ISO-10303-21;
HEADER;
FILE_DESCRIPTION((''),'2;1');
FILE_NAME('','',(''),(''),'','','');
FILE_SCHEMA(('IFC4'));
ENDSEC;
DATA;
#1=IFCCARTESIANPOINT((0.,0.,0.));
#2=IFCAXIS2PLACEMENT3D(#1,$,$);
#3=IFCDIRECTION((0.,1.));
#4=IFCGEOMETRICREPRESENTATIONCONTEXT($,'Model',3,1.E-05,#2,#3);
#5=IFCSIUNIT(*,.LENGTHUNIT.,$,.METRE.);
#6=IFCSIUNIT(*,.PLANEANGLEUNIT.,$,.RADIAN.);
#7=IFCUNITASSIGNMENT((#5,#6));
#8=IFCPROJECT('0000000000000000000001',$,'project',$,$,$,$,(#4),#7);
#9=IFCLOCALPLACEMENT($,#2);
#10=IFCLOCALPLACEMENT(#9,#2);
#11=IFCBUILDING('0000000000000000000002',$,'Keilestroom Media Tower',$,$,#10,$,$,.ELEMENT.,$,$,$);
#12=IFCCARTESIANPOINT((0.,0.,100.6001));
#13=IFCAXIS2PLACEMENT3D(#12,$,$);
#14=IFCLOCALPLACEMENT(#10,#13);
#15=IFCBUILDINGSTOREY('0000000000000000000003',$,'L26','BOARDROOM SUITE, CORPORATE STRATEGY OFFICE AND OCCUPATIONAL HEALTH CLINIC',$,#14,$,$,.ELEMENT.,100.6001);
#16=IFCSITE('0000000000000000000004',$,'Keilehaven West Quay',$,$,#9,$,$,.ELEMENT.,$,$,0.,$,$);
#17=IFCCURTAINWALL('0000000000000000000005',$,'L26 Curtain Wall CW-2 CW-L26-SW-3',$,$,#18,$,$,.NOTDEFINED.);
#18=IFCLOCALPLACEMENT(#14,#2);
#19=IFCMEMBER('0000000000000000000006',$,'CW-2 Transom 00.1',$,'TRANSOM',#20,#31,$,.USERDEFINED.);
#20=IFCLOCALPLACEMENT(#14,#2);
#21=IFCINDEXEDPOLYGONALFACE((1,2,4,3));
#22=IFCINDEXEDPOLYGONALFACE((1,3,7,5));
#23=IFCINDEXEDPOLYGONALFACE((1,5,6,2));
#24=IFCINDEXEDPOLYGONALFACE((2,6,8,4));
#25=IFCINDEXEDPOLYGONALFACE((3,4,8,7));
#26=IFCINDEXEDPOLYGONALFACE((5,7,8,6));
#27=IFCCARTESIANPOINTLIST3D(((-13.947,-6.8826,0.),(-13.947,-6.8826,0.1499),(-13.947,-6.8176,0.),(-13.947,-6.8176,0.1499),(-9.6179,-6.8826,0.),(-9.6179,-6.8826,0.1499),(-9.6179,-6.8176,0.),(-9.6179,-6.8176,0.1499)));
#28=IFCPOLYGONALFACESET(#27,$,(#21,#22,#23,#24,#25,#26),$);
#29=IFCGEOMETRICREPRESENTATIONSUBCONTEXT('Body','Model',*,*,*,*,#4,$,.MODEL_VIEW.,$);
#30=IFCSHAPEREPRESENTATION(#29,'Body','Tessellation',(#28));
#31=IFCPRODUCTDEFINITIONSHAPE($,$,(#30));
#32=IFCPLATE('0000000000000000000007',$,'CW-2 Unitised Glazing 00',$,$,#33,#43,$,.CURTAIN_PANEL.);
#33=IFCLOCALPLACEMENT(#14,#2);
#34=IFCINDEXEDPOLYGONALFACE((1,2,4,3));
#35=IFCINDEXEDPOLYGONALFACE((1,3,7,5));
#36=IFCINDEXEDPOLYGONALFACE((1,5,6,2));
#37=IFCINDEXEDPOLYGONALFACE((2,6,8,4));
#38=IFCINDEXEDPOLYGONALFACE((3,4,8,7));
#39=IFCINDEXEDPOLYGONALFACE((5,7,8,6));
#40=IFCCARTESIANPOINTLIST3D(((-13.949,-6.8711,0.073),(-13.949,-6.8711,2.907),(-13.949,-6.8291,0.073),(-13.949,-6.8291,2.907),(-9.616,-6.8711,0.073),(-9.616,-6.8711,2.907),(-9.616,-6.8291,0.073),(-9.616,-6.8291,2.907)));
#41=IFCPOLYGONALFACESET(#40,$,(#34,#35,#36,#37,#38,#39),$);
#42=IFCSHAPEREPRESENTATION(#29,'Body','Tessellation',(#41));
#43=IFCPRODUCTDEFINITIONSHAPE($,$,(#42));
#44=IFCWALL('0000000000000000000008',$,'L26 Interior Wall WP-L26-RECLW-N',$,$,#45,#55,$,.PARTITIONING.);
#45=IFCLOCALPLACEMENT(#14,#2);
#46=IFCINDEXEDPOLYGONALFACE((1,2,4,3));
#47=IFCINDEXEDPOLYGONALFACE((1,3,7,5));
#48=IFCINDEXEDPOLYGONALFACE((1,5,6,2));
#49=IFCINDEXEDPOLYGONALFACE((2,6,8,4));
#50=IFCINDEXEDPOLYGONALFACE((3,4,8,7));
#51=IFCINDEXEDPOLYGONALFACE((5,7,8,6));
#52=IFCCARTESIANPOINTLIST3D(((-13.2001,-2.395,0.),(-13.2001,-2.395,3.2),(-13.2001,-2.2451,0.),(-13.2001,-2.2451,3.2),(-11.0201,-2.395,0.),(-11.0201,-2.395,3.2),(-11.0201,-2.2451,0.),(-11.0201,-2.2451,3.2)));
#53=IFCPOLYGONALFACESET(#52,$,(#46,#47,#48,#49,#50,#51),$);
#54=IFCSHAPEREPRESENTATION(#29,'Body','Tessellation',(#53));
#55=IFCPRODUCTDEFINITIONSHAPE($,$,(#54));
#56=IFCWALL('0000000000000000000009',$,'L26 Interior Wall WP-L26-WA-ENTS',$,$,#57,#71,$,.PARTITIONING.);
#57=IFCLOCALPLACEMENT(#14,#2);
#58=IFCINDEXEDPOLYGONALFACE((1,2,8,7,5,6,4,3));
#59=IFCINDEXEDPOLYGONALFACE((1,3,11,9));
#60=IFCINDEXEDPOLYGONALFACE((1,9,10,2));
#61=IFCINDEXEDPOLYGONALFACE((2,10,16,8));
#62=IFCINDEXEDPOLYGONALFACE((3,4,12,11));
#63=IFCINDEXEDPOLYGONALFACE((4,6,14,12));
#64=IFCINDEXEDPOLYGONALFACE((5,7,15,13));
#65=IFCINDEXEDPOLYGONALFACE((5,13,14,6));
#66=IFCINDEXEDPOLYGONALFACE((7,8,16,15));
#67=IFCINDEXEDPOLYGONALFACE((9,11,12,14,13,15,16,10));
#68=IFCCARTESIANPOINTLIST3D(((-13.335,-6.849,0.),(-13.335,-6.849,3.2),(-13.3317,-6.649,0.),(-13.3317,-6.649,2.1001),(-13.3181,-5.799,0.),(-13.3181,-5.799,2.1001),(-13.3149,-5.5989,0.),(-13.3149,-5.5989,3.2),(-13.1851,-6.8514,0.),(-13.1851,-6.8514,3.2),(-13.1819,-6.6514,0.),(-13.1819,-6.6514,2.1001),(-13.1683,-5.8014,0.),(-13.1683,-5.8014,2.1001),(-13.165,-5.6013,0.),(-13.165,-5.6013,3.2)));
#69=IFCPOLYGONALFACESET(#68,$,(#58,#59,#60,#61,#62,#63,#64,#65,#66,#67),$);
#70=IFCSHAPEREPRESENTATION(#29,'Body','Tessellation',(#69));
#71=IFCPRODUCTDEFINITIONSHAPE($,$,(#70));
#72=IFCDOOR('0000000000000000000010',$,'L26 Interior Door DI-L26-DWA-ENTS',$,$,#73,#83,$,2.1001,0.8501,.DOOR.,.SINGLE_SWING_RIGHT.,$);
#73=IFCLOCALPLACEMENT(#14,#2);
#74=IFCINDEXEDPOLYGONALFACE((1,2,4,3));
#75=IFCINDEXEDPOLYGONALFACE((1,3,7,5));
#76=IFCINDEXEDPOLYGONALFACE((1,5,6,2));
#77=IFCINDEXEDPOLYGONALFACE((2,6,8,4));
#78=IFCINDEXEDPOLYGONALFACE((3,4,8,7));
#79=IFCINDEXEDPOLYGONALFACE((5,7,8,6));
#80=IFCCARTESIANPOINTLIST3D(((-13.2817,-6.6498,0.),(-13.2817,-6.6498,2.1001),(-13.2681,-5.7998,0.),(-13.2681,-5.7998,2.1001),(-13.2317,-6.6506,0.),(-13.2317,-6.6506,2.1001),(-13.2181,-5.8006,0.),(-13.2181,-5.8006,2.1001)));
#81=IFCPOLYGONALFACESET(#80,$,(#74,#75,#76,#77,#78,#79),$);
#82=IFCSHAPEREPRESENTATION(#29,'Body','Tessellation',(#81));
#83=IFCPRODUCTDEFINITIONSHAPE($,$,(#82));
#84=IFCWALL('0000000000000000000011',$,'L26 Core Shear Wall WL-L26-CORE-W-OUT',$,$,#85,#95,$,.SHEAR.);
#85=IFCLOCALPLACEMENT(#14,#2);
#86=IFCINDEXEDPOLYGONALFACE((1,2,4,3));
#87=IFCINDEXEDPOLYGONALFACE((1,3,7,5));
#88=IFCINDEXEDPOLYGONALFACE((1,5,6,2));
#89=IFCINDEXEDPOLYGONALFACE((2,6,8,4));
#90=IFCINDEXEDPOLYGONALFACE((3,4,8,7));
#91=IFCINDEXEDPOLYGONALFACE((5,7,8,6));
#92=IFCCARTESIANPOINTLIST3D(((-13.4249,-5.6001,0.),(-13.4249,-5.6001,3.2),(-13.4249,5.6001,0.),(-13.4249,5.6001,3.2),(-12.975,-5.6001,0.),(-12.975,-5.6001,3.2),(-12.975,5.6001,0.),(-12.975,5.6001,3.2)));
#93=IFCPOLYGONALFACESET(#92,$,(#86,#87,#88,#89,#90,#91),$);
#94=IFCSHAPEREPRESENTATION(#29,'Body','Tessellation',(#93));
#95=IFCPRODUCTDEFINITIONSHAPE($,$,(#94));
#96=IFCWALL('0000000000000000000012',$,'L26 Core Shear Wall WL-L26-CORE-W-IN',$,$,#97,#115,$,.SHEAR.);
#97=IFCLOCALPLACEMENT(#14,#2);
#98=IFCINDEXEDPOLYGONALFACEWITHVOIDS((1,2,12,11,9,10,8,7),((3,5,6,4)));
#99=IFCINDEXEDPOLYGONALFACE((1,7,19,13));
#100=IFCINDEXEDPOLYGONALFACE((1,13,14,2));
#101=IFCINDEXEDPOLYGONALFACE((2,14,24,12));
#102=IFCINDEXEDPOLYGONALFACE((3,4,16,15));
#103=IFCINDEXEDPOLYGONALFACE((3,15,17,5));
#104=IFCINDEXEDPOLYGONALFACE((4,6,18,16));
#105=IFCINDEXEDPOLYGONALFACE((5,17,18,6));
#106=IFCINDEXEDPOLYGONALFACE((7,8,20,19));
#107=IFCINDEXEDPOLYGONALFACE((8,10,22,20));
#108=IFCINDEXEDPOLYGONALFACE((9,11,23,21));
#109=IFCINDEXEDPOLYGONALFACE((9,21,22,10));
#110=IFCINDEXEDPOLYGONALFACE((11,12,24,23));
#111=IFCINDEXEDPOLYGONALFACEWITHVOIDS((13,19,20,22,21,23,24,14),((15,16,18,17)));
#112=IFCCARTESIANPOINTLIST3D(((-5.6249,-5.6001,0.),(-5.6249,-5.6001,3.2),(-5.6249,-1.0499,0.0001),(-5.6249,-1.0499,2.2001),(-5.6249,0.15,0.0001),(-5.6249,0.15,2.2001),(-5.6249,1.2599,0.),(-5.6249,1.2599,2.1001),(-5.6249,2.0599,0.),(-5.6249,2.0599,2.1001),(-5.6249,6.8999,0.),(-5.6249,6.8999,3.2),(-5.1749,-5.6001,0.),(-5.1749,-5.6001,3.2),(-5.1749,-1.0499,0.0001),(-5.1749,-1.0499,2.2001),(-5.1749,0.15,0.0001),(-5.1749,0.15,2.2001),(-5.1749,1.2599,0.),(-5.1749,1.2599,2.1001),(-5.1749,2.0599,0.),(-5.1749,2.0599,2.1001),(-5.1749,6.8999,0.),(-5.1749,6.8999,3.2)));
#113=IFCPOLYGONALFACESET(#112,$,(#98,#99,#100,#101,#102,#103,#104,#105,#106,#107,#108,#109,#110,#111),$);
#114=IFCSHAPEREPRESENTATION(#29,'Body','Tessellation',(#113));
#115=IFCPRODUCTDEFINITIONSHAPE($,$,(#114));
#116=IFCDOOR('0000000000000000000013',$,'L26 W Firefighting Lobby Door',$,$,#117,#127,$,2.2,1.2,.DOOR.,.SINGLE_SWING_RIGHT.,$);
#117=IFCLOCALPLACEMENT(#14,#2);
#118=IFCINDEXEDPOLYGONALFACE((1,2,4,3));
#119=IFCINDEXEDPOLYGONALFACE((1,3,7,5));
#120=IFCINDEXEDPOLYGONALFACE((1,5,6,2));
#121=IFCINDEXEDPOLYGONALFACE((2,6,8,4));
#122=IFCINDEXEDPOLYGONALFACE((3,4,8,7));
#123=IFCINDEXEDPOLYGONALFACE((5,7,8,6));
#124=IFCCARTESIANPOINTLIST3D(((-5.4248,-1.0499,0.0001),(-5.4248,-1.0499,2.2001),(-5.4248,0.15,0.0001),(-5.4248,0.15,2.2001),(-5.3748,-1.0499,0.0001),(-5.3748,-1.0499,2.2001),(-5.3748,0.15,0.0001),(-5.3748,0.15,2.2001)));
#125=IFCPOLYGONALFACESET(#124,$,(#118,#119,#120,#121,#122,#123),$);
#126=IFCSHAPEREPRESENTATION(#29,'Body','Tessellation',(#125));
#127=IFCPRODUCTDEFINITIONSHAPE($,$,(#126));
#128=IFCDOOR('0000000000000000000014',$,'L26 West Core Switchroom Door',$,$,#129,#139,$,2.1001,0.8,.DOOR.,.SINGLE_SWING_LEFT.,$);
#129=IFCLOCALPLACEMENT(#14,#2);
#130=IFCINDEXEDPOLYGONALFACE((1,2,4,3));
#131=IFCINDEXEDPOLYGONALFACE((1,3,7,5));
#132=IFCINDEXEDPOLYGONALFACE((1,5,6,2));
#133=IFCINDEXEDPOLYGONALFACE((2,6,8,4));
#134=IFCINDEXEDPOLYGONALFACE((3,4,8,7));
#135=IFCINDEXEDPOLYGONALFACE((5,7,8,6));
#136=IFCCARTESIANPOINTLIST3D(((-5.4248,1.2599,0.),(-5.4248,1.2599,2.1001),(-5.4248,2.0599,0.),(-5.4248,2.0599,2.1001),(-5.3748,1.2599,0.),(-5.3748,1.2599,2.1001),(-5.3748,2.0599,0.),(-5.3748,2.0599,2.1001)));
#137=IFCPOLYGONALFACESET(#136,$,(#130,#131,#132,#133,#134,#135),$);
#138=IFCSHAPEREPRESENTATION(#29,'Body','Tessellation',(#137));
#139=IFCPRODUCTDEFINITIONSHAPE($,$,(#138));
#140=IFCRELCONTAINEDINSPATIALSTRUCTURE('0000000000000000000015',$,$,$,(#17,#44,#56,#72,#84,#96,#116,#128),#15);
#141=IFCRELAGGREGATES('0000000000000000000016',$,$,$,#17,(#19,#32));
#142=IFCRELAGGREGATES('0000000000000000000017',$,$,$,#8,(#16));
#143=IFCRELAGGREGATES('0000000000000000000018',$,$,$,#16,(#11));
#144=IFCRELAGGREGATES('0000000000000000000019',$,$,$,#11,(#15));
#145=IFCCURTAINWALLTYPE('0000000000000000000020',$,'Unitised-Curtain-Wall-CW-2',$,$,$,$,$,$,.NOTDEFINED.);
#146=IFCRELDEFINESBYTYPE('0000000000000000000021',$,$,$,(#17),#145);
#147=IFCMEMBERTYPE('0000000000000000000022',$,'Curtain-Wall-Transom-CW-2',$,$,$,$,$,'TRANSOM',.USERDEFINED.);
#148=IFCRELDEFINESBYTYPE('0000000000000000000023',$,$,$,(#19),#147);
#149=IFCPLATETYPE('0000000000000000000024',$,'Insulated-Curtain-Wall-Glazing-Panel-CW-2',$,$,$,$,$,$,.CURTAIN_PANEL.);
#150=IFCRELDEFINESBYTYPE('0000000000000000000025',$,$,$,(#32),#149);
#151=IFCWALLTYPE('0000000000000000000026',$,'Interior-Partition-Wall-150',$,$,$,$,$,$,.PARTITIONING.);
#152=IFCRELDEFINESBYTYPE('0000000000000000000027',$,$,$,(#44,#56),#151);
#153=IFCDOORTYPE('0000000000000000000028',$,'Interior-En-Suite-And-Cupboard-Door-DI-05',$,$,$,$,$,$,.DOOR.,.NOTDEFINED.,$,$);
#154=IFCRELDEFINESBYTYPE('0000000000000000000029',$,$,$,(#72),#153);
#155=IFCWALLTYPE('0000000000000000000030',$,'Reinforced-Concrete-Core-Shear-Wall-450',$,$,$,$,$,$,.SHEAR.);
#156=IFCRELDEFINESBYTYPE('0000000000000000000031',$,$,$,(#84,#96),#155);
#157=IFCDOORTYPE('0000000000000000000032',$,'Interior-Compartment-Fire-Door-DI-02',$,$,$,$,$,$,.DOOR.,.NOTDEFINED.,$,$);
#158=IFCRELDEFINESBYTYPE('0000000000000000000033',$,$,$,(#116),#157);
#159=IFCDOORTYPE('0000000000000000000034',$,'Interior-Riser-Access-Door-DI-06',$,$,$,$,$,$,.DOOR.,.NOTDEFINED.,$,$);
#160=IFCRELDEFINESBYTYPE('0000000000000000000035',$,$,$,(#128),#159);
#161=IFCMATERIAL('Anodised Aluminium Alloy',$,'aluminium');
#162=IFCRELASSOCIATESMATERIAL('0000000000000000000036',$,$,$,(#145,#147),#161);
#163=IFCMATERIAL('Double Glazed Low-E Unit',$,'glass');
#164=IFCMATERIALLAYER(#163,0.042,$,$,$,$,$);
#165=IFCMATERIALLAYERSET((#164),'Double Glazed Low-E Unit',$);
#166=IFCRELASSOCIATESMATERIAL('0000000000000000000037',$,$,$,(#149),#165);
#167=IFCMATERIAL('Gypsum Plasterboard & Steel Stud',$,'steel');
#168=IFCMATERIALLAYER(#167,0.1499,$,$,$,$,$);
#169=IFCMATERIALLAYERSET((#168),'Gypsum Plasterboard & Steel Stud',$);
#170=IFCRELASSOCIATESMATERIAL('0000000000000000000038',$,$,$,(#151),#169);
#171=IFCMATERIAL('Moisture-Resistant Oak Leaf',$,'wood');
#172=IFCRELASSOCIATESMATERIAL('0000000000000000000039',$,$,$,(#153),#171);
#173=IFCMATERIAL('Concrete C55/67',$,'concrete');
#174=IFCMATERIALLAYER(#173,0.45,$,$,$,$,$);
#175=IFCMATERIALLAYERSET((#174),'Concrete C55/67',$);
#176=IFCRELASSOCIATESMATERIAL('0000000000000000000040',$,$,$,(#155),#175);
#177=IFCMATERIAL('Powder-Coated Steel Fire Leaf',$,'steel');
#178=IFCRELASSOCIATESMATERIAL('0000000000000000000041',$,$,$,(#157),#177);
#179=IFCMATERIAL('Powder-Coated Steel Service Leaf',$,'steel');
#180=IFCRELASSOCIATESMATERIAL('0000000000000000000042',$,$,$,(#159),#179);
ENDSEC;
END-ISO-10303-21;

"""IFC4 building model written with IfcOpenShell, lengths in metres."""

from ifc_helpers import new_model, si_unit, direction, frame, frame_2d, origin, origin_2d, place, context, subcontext, project, spatial, rectangle, extrude, source, transform, mapped, material, layer, layer_set, material_profile, profile_set, type_object, element, fill, aggregate, save


model = new_model("IFC4")

# Units and contexts
model_context = context("Model", 3, precision=1e-05, world=origin(), true_north=direction((0.0, 1.0)))
body_context = subcontext(model_context, "Body", "Model", "MODEL_VIEW")
ifc_project = project(units=[si_unit("LENGTHUNIT", "METRE"), si_unit("PLANEANGLEUNIT", "RADIAN")], contexts=[model_context])

# Site, building, storey
site_placement = place(None, origin())
site = spatial("IfcSite", under=ifc_project, at=site_placement, Name="Keilehaven West Quay", CompositionType="ELEMENT", RefElevation=0.0)
building_placement = place(site_placement, origin())
building = spatial("IfcBuilding", under=site, at=building_placement, Name="Keilestroom Media Tower", CompositionType="ELEMENT")
storey_placement = place(building_placement, frame((0.0, 0.0, 100.6001)))
storey = spatial("IfcBuildingStorey", under=building, at=storey_placement, Name="L26", Description="BOARDROOM SUITE, CORPORATE STRATEGY OFFICE AND OCCUPATIONAL HEALTH CLINIC", CompositionType="ELEMENT", Elevation=100.6001)

# Curtain wall, member, plate
ifc_material_1 = material(Name="Anodised Aluminium Alloy", Category="aluminium")
curtain_wall_type = type_object("IfcCurtainWallType", Name="Unitised-Curtain-Wall-CW-2", PredefinedType="NOTDEFINED", material=ifc_material_1)
curtain_wall_placement = place(storey_placement, origin())
curtain_wall = element("IfcCurtainWall", 1, at=curtain_wall_placement, inside=storey, type_object=curtain_wall_type, Name="L26 Curtain Wall CW-2 CW-L26-SW-3", PredefinedType="NOTDEFINED")
ifc_material_profile_1 = material_profile(ifc_material_1, rectangle(XDim=0.0649, YDim=0.1499, at=origin_2d()), Name="ALU TRANSOM 65x150")
ifc_profile_set_1 = profile_set([ifc_material_profile_1], Name="Anodised Aluminium Alloy")
member_type_1 = type_object("IfcMemberType", Name="Curtain-Wall-Transom-CW-2", ElementType="TRANSOM", PredefinedType="USERDEFINED", material=ifc_profile_set_1)
shared_shape_1 = source(origin(), body_context, "Body", "SweptSolid", [
    extrude(rectangle(XDim=0.0649, YDim=0.1499, at=origin_2d()), origin(), (0.0, 0.0, 1.0), 4.3291),
])
member_1_placement = place(storey_placement, frame((-13.947, -6.8501, 0.075), z_axis=(1.0, 0.0, 0.0), x_axis=(0.0, 1.0, 0.0)))
member_1 = element("IfcMember", 2, at=member_1_placement, type_object=member_type_1, Name="CW-2 Transom 00.1", ObjectType="TRANSOM", PredefinedType="USERDEFINED", context=body_context, shape_type="MappedRepresentation", body=[
    mapped(shared_shape_1, transform((0.0, 0.0, 0.0), x_axis=(1.0, 0.0, 0.0), y_axis=(0.0, 1.0, 0.0), z_axis=(0.0, 0.0, 1.0), scale=1.0)),
])
ifc_material_2 = material(Name="Double Glazed Low-E Unit", Category="glass")
ifc_layer_1 = layer(ifc_material_2, 0.042)
ifc_layer_set_1 = layer_set([ifc_layer_1], Name="Double Glazed Low-E Unit")
plate_type = type_object("IfcPlateType", Name="Insulated-Curtain-Wall-Glazing-Panel-CW-2", PredefinedType="CURTAIN_PANEL", material=ifc_layer_set_1)
shared_shape_2 = source(origin(), body_context, "Body", "SweptSolid", [
    extrude(rectangle(XDim=4.333, YDim=0.042, at=origin_2d()), origin(), (0.0, 0.0, 1.0), 2.834),
])
plate_placement = place(storey_placement, frame((-11.7825, -6.8501, 0.073), z_axis=(0.0, 0.0, 1.0), x_axis=(1.0, 0.0, 0.0)))
plate = element("IfcPlate", 3, at=plate_placement, type_object=plate_type, Name="CW-2 Unitised Glazing 00", PredefinedType="CURTAIN_PANEL", context=body_context, shape_type="MappedRepresentation", body=[
    mapped(shared_shape_2, transform((0.0, 0.0, 0.0), x_axis=(1.0, 0.0, 0.0), y_axis=(0.0, 1.0, 0.0), z_axis=(0.0, 0.0, 1.0), scale=1.0)),
])
aggregate(curtain_wall, [member_1, plate])

# Wall
ifc_material_3 = material(Name="Gypsum Plasterboard & Steel Stud", Category="steel")
ifc_layer_2 = layer(ifc_material_3, 0.1499)
ifc_layer_set_2 = layer_set([ifc_layer_2], Name="Gypsum Plasterboard & Steel Stud")
wall_type_1 = type_object("IfcWallType", Name="Interior-Partition-Wall-150", PredefinedType="PARTITIONING", material=ifc_layer_set_2)
wall_1_placement = place(storey_placement, frame((-13.2, -2.3201, 0.0), z_axis=(0.0, 0.0, 1.0), x_axis=(1.0, 0.0, 0.0)))
element("IfcWall", 4, at=wall_1_placement, inside=storey, type_object=wall_type_1, Name="L26 Interior Wall WP-L26-RECLW-N", PredefinedType="PARTITIONING", context=body_context, shape_type="SweptSolid", body=[
    extrude(rectangle(XDim=2.1799, YDim=0.1499, at=frame_2d((1.0898, 0.0))), origin(), (0.0, 0.0, 1.0), 3.2),
])

# Wall, opening, door
wall_2_placement = place(storey_placement, frame((-13.26, -6.8501, 0.0), z_axis=(0.0, 0.0, 1.0), x_axis=(0.016014, 0.999872, 0.0)))
wall_2 = element("IfcWall", 5, at=wall_2_placement, inside=storey, type_object=wall_type_1, Name="L26 Interior Wall WP-L26-WA-ENTS", PredefinedType="PARTITIONING", context=body_context, shape_type="SweptSolid", body=[
    extrude(rectangle(XDim=1.2502, YDim=0.1499, at=frame_2d((0.625, 0.0))), origin(), (0.0, 0.0, 1.0), 3.2),
])
opening_1_placement = place(wall_2_placement, frame((0.2, 0.0, 0.0)))
opening_1 = element("IfcOpeningElement", 6, at=opening_1_placement, cuts=wall_2, PredefinedType="OPENING", context=body_context, shape_type="SweptSolid", body=[
    extrude(rectangle(XDim=0.8501, YDim=2.1001, at=frame_2d((0.425, 1.05))), frame((0.0, 0.085, 0.0), z_axis=(0.0, -1.0, 0.0), x_axis=(1.0, 0.0, 0.0)), (0.0, 0.0, 1.0), 0.1699),
])
ifc_material_4 = material(Name="Moisture-Resistant Oak Leaf", Category="wood")
door_type_1 = type_object("IfcDoorType", Name="Interior-En-Suite-And-Cupboard-Door-DI-05", OperationType="NOTDEFINED", PredefinedType="DOOR", material=ifc_material_4)
shared_shape_3 = source(origin(), body_context, "Body", "SweptSolid", [
    extrude(rectangle(XDim=0.8501, YDim=2.1001, at=frame_2d((0.425, 1.05))), frame((0.0, 0.0249, 0.0), z_axis=(0.0, -1.0, 0.0), x_axis=(1.0, 0.0, 0.0)), (0.0, 0.0, 1.0), 0.05),
])
door_1_placement = place(opening_1_placement, origin())
door_1 = element("IfcDoor", 7, at=door_1_placement, inside=storey, type_object=door_type_1, Name="L26 Interior Door DI-L26-DWA-ENTS", OperationType="SINGLE_SWING_RIGHT", OverallHeight=2.1001, OverallWidth=0.8501, PredefinedType="DOOR", context=body_context, shape_type="MappedRepresentation", body=[
    mapped(shared_shape_3, transform((0.0, 0.0, 0.0), x_axis=(1.0, 0.0, 0.0), y_axis=(0.0, 1.0, 0.0), z_axis=(0.0, 0.0, 1.0), scale=1.0)),
])
fill(opening_1, door_1)

# Wall
ifc_material_5 = material(Name="Concrete C55/67", Category="concrete")
ifc_layer_3 = layer(ifc_material_5, 0.45)
ifc_layer_set_3 = layer_set([ifc_layer_3], Name="Concrete C55/67")
wall_type_2 = type_object("IfcWallType", Name="Reinforced-Concrete-Core-Shear-Wall-450", PredefinedType="SHEAR", material=ifc_layer_set_3)
wall_3_placement = place(storey_placement, frame((-13.2, -5.6001, 0.0), z_axis=(0.0, 0.0, 1.0), x_axis=(0.0, 1.0, 0.0)))
element("IfcWall", 8, at=wall_3_placement, inside=storey, type_object=wall_type_2, Name="L26 Core Shear Wall WL-L26-CORE-W-OUT", PredefinedType="SHEAR", context=body_context, shape_type="SweptSolid", body=[
    extrude(rectangle(XDim=11.2002, YDim=0.45, at=frame_2d((5.6001, 0.0))), origin(), (0.0, 0.0, 1.0), 3.2),
])

# Wall, openings, doors
wall_4_placement = place(storey_placement, frame((-5.3999, -5.6001, 0.0), z_axis=(0.0, 0.0, 1.0), x_axis=(0.0, 1.0, 0.0)))
wall_4 = element("IfcWall", 9, at=wall_4_placement, inside=storey, type_object=wall_type_2, Name="L26 Core Shear Wall WL-L26-CORE-W-IN", PredefinedType="SHEAR", context=body_context, shape_type="SweptSolid", body=[
    extrude(rectangle(XDim=12.5, YDim=0.45, at=frame_2d((6.25, 0.0))), origin(), (0.0, 0.0, 1.0), 3.2),
])
opening_2_placement = place(wall_4_placement, frame((4.55, 0.0, 0.0)))
opening_2 = element("IfcOpeningElement", 10, at=opening_2_placement, cuts=wall_4, PredefinedType="OPENING", context=body_context, shape_type="SweptSolid", body=[
    extrude(rectangle(XDim=1.2, YDim=2.2, at=frame_2d((0.6001, 1.1001))), frame((0.0, 0.2349, 0.0), z_axis=(0.0, -1.0, 0.0), x_axis=(1.0, 0.0, 0.0)), (0.0, 0.0, 1.0), 0.47),
])
opening_3_placement = place(wall_4_placement, frame((6.8601, 0.0, 0.0)))
opening_3 = element("IfcOpeningElement", 11, at=opening_3_placement, cuts=wall_4, PredefinedType="OPENING", context=body_context, shape_type="SweptSolid", body=[
    extrude(rectangle(XDim=0.8, YDim=2.1001, at=frame_2d((0.3999, 1.05))), frame((0.0, 0.2349, 0.0), z_axis=(0.0, -1.0, 0.0), x_axis=(1.0, 0.0, 0.0)), (0.0, 0.0, 1.0), 0.47),
])
ifc_material_6 = material(Name="Powder-Coated Steel Fire Leaf", Category="steel")
door_type_2 = type_object("IfcDoorType", Name="Interior-Compartment-Fire-Door-DI-02", OperationType="NOTDEFINED", PredefinedType="DOOR", material=ifc_material_6)
shared_shape_4 = source(origin(), body_context, "Body", "SweptSolid", [
    extrude(rectangle(XDim=1.2, YDim=2.2, at=frame_2d((0.6001, 1.1001))), frame((0.0, 0.0249, 0.0), z_axis=(0.0, -1.0, 0.0), x_axis=(1.0, 0.0, 0.0)), (0.0, 0.0, 1.0), 0.05),
])
door_2_placement = place(opening_2_placement, origin())
door_2 = element("IfcDoor", 12, at=door_2_placement, inside=storey, type_object=door_type_2, Name="L26 W Firefighting Lobby Door", OperationType="SINGLE_SWING_RIGHT", OverallHeight=2.2, OverallWidth=1.2, PredefinedType="DOOR", context=body_context, shape_type="MappedRepresentation", body=[
    mapped(shared_shape_4, transform((0.0, 0.0, 0.0), x_axis=(1.0, 0.0, 0.0), y_axis=(0.0, 1.0, 0.0), z_axis=(0.0, 0.0, 1.0), scale=1.0)),
])
fill(opening_2, door_2)
ifc_material_7 = material(Name="Powder-Coated Steel Service Leaf", Category="steel")
door_type_3 = type_object("IfcDoorType", Name="Interior-Riser-Access-Door-DI-06", OperationType="NOTDEFINED", PredefinedType="DOOR", material=ifc_material_7)
shared_shape_5 = source(origin(), body_context, "Body", "SweptSolid", [
    extrude(rectangle(XDim=0.8, YDim=2.1001, at=frame_2d((0.3999, 1.05))), frame((0.0, 0.0249, 0.0), z_axis=(0.0, -1.0, 0.0), x_axis=(1.0, 0.0, 0.0)), (0.0, 0.0, 1.0), 0.05),
])
door_3_placement = place(opening_3_placement, origin())
door_3 = element("IfcDoor", 13, at=door_3_placement, inside=storey, type_object=door_type_3, Name="L26 West Core Switchroom Door", OperationType="SINGLE_SWING_LEFT", OverallHeight=2.1001, OverallWidth=0.8, PredefinedType="DOOR", context=body_context, shape_type="MappedRepresentation", body=[
    mapped(shared_shape_5, transform((0.0, 0.0, 0.0), x_axis=(1.0, 0.0, 0.0), y_axis=(0.0, 1.0, 0.0), z_axis=(0.0, 0.0, 1.0), scale=1.0)),
])
fill(opening_3, door_3)

save(model, "model.ifc")
